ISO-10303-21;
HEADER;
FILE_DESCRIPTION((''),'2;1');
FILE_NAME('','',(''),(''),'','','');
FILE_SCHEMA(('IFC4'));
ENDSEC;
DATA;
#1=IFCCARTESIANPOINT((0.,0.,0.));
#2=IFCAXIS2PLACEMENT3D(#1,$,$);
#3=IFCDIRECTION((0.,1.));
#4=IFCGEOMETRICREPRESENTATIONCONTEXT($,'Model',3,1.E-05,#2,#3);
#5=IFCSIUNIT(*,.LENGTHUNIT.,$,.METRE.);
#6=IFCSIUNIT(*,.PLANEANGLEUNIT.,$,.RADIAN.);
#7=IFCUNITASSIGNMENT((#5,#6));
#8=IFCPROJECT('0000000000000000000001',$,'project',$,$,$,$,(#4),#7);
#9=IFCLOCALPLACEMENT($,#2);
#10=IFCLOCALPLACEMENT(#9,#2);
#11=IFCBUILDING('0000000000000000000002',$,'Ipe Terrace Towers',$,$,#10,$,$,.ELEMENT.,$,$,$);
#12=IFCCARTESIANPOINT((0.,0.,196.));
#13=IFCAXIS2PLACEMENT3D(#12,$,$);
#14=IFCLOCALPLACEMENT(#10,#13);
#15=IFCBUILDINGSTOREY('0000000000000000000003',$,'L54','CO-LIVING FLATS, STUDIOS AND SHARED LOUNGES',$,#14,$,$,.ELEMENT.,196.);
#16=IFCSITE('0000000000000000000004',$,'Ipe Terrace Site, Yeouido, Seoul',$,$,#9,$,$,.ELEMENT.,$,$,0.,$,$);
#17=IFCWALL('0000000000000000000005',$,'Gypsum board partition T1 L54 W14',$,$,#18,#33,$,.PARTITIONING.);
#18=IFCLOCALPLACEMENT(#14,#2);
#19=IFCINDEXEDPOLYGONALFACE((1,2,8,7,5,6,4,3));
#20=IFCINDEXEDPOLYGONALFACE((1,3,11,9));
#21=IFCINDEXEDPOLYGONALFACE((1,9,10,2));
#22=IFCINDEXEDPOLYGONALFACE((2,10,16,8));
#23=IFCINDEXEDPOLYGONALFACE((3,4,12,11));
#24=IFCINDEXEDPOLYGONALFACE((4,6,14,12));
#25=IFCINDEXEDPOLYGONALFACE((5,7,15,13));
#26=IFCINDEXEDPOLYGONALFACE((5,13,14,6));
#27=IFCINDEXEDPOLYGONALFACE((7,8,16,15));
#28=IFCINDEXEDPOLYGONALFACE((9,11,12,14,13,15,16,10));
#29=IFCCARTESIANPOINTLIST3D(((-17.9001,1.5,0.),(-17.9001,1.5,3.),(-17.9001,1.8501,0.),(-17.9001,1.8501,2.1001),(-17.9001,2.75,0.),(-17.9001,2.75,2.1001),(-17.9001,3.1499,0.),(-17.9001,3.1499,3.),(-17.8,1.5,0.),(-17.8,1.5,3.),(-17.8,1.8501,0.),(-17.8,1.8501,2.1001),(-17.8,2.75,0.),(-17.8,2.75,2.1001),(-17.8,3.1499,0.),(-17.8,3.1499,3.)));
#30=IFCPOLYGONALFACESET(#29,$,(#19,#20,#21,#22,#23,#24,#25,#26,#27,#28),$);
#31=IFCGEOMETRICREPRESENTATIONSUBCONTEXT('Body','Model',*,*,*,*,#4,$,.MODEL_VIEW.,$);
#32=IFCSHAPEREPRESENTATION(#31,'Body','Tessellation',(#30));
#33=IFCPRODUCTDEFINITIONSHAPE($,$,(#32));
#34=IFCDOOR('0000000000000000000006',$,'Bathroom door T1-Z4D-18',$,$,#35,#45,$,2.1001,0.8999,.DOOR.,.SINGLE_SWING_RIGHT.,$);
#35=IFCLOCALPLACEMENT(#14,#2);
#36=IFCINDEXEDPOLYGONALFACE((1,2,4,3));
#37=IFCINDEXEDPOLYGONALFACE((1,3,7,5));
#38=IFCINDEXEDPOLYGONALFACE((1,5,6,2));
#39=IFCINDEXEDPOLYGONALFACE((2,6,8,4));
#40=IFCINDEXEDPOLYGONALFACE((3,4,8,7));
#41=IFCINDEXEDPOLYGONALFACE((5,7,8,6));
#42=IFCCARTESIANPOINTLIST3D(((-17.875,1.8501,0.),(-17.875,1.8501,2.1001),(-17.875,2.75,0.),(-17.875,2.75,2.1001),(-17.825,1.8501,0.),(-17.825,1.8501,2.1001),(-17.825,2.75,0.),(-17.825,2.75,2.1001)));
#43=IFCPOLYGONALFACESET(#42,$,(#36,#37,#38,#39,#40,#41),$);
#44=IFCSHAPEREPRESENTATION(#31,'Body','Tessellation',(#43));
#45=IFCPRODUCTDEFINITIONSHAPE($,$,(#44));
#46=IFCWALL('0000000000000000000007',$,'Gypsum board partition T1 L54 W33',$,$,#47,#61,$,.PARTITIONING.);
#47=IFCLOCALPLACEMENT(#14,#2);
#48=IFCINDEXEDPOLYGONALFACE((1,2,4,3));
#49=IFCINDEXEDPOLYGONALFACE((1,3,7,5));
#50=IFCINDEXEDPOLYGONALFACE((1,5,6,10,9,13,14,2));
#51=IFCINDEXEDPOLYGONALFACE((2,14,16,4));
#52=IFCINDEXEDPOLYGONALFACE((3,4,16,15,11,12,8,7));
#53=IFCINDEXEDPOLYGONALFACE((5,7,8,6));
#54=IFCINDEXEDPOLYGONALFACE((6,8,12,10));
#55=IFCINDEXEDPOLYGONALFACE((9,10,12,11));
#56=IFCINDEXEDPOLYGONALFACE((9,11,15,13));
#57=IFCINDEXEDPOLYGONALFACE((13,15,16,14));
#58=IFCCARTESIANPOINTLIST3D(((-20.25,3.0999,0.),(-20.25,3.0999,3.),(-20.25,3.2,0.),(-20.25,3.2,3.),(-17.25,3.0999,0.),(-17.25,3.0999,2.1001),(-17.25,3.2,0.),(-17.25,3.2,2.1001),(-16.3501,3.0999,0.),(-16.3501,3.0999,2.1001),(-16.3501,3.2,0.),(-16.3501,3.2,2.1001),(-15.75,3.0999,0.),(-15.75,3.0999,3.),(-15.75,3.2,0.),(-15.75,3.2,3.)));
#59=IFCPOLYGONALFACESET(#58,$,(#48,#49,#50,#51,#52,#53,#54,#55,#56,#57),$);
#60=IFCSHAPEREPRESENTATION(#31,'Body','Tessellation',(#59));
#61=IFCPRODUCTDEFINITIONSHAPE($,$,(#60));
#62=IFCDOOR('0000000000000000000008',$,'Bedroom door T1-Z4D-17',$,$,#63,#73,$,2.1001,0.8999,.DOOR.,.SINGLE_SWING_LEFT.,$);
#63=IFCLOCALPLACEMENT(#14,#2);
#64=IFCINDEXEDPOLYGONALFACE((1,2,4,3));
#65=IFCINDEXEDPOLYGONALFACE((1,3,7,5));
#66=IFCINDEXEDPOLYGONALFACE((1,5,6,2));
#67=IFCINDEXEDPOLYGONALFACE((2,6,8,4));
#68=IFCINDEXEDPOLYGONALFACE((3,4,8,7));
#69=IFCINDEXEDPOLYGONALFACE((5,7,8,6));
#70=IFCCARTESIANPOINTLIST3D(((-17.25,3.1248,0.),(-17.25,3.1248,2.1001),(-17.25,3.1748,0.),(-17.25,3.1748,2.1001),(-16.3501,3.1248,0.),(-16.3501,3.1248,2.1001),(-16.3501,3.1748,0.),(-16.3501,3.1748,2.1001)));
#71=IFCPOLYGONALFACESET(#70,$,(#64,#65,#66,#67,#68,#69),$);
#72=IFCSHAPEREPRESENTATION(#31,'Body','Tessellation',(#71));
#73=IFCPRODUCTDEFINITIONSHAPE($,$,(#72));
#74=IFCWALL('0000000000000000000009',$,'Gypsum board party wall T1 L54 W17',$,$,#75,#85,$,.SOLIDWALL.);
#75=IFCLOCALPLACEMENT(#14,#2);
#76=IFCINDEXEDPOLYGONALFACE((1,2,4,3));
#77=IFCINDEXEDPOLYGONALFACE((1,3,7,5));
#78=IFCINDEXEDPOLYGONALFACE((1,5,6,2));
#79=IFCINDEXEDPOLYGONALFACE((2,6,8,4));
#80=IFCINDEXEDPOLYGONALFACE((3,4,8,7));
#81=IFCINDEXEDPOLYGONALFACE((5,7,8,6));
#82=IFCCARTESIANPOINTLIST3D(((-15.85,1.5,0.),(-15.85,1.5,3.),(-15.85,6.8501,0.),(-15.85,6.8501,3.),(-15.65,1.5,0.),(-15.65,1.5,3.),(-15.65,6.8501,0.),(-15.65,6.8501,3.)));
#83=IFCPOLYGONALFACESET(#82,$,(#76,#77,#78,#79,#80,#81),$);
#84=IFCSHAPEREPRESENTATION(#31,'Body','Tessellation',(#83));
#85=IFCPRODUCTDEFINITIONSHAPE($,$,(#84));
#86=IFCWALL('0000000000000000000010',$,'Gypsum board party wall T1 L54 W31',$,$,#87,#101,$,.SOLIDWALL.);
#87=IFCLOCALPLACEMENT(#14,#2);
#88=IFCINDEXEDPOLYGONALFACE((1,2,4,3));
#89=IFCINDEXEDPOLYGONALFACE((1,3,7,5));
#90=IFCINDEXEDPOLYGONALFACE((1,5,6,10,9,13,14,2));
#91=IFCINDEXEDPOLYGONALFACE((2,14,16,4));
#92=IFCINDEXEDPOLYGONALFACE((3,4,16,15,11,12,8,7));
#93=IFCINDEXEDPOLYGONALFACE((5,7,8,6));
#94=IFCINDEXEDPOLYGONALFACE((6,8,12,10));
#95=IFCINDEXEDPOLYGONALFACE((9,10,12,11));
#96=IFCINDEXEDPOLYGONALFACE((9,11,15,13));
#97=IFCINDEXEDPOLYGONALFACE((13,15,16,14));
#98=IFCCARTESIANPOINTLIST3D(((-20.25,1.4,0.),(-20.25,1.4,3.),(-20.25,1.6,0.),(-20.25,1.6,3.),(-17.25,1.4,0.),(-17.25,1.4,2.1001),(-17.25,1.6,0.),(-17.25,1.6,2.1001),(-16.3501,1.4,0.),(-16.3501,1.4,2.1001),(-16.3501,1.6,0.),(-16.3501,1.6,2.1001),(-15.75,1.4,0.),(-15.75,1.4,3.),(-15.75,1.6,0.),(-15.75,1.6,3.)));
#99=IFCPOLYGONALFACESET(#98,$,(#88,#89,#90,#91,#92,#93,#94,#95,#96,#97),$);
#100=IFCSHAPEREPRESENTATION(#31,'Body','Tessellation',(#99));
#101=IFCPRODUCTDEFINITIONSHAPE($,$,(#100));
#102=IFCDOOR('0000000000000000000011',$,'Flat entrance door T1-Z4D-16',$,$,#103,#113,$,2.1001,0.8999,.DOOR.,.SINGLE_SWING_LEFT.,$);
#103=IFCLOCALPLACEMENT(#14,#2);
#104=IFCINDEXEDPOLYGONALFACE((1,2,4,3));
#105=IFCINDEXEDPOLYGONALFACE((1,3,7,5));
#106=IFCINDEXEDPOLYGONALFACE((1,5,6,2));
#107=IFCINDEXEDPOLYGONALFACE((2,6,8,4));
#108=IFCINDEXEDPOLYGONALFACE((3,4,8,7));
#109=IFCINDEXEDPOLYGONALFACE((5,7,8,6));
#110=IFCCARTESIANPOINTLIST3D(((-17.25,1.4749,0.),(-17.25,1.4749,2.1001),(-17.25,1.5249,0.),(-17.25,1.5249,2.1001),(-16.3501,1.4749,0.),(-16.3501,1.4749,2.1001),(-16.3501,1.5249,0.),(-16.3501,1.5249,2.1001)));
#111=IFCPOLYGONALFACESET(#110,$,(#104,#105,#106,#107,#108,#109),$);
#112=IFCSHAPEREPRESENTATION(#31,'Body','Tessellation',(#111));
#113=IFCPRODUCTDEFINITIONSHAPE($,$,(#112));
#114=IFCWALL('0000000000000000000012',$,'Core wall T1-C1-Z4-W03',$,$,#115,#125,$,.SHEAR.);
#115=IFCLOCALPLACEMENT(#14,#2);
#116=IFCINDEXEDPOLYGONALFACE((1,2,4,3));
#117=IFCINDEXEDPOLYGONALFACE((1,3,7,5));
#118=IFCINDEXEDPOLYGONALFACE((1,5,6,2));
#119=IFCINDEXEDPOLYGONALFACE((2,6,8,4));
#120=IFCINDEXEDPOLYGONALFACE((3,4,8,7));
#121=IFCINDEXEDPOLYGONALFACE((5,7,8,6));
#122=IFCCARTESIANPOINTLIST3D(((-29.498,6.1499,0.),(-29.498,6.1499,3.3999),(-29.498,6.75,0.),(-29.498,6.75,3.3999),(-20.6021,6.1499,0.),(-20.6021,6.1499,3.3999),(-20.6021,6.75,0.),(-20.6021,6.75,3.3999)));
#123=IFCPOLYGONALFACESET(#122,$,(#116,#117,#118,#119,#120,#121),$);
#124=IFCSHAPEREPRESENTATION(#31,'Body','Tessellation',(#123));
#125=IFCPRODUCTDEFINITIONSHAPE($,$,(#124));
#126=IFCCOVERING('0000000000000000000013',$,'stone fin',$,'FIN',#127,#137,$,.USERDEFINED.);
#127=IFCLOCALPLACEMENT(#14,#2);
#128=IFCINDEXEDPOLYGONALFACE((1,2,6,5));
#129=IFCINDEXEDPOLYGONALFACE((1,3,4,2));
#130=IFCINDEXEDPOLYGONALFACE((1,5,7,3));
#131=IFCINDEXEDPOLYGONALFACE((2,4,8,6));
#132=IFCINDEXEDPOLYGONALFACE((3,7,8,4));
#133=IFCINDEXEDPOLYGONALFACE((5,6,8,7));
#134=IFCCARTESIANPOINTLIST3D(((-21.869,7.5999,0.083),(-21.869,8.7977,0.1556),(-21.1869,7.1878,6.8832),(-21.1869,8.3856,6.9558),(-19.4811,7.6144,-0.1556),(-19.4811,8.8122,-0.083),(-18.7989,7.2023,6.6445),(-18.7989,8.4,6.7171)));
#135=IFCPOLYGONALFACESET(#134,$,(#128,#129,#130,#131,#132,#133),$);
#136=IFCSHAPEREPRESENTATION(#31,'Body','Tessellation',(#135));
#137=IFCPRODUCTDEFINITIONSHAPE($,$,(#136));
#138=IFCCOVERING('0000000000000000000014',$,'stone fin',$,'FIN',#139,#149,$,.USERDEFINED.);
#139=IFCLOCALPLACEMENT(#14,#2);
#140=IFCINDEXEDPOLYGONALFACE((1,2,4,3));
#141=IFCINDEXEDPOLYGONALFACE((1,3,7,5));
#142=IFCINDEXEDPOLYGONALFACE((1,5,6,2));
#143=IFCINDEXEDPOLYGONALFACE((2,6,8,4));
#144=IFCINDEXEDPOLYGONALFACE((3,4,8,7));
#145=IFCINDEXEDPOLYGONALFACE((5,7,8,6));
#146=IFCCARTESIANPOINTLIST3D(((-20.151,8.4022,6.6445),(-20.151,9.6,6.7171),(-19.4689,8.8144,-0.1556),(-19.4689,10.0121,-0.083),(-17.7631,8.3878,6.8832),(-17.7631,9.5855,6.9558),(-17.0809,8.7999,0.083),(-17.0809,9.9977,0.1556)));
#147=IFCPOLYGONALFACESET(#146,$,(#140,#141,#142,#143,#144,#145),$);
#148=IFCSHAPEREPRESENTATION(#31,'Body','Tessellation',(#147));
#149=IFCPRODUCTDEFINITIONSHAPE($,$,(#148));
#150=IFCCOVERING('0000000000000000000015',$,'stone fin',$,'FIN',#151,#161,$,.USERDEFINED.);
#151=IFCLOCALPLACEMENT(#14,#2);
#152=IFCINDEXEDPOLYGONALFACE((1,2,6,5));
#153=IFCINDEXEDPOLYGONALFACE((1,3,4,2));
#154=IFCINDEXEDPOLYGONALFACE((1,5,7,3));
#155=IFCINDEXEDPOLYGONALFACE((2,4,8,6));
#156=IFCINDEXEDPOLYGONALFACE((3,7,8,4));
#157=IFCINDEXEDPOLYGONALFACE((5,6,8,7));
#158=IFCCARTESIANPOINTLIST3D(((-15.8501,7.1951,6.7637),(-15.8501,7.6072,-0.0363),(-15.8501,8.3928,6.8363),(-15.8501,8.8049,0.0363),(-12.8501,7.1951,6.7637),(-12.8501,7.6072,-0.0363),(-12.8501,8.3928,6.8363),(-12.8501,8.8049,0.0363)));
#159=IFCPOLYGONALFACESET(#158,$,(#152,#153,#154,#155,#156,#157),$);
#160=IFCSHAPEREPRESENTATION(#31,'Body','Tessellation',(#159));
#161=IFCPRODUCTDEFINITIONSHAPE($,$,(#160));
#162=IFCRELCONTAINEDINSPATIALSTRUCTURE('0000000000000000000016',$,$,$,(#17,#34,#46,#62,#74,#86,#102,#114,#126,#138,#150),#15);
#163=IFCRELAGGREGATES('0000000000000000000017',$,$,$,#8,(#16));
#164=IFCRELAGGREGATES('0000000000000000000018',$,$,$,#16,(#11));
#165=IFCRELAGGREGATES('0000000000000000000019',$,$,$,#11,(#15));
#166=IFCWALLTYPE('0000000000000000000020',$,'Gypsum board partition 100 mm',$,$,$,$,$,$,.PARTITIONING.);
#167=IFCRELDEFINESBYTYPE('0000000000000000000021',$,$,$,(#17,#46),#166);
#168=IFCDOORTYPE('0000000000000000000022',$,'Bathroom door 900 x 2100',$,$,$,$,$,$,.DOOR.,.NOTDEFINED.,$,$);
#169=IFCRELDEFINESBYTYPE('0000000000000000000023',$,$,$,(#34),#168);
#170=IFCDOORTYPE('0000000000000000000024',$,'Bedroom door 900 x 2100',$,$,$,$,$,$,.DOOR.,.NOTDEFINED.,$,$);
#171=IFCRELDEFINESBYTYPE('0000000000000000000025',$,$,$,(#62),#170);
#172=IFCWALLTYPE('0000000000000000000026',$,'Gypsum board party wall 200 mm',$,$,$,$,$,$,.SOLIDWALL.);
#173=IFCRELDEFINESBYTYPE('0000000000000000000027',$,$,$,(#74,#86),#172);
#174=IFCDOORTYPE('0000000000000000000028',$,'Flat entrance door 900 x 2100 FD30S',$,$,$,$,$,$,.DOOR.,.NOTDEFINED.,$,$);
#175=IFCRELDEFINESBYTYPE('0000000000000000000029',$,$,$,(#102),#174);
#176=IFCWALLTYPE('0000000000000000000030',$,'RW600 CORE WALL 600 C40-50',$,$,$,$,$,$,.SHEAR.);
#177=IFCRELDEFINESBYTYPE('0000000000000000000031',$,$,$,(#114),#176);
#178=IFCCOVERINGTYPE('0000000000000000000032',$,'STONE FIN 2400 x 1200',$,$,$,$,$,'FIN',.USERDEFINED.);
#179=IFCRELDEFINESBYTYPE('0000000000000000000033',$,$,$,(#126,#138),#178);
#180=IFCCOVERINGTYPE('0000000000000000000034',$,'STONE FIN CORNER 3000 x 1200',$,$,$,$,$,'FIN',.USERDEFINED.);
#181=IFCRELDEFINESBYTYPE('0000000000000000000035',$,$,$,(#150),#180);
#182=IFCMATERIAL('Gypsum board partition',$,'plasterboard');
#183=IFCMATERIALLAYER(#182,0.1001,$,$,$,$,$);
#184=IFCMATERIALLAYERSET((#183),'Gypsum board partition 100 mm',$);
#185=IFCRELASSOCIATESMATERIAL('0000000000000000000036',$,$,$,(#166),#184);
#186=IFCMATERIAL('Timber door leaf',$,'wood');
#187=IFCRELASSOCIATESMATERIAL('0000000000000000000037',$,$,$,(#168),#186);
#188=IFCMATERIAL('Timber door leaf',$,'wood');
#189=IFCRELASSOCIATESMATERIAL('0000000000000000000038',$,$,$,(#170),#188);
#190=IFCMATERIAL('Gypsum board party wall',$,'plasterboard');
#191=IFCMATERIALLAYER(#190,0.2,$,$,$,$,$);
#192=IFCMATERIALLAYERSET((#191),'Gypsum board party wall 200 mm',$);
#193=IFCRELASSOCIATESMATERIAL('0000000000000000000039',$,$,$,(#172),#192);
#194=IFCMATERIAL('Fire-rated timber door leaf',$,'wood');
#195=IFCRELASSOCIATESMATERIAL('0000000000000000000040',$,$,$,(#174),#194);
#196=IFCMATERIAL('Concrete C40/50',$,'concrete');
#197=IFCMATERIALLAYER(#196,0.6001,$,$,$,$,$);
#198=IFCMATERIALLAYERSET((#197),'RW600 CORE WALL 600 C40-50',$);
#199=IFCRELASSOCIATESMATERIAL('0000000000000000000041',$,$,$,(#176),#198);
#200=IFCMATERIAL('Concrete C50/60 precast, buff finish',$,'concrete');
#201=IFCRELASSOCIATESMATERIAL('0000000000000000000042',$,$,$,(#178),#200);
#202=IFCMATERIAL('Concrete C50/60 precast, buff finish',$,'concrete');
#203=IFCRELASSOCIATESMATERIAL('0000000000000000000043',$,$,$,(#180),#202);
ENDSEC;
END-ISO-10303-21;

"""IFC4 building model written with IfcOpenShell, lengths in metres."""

from ifc_helpers import new_model, si_unit, direction, frame, frame_2d, origin, origin_2d, place, context, subcontext, project, spatial, rectangle, extrude, material, layer, layer_set, material_profile, profile_set, type_object, element, fill, save


model = new_model("IFC4")

# Units and contexts
model_context = context("Model", 3, precision=1e-05, world=origin(), true_north=direction((0.0, 1.0)))
body_context = subcontext(model_context, "Body", "Model", "MODEL_VIEW")
ifc_project = project(units=[si_unit("LENGTHUNIT", "METRE"), si_unit("PLANEANGLEUNIT", "RADIAN")], contexts=[model_context])

# Site, building, storey
site_placement = place(None, origin())
site = spatial("IfcSite", under=ifc_project, at=site_placement, Name="Ipe Terrace Site, Yeouido, Seoul", CompositionType="ELEMENT", RefElevation=0.0)
building_placement = place(site_placement, origin())
building = spatial("IfcBuilding", under=site, at=building_placement, Name="Ipe Terrace Towers", CompositionType="ELEMENT")
storey_placement = place(building_placement, frame((0.0, 0.0, 196.0)))
storey = spatial("IfcBuildingStorey", under=building, at=storey_placement, Name="L54", Description="CO-LIVING FLATS, STUDIOS AND SHARED LOUNGES", CompositionType="ELEMENT", Elevation=196.0)

# Walls, openings, doors
ifc_material_1 = material(Name="Gypsum board partition", Category="plasterboard")
ifc_layer_1 = layer(ifc_material_1, 0.1001)
ifc_layer_set_1 = layer_set([ifc_layer_1], Name="Gypsum board partition 100 mm")
wall_type_1 = type_object("IfcWallType", Name="Gypsum board partition 100 mm", PredefinedType="PARTITIONING", material=ifc_layer_set_1)
wall_1_placement = place(storey_placement, frame((-17.8501, 1.5, 0.0), z_axis=(0.0, 0.0, 1.0), x_axis=(0.0, 1.0, 0.0)))
wall_1 = element("IfcWall", 1, at=wall_1_placement, inside=storey, type_object=wall_type_1, Name="Gypsum board partition T1 L54 W14", PredefinedType="PARTITIONING", context=body_context, shape_type="SweptSolid", body=[
    extrude(rectangle(XDim=1.6499, YDim=0.1001, at=frame_2d((0.825, 0.0))), origin(), (0.0, 0.0, 1.0), 3.0),
])
opening_1_placement = place(wall_1_placement, frame((0.3501, 0.0, 0.0)))
opening_1 = element("IfcOpeningElement", 2, at=opening_1_placement, cuts=wall_1, PredefinedType="OPENING", context=body_context, shape_type="SweptSolid", body=[
    extrude(rectangle(XDim=0.8999, YDim=2.1001, at=frame_2d((0.45, 1.05))), frame((0.0, 0.0601, 0.0), z_axis=(0.0, -1.0, 0.0), x_axis=(1.0, 0.0, 0.0)), (0.0, 0.0, 1.0), 0.1201),
])
ifc_material_2 = material(Name="Timber door leaf", Category="wood")
door_type_1 = type_object("IfcDoorType", Name="Bathroom door 900 x 2100", OperationType="NOTDEFINED", PredefinedType="DOOR", material=ifc_material_2)
door_1_placement = place(opening_1_placement, origin())
door_1 = element("IfcDoor", 3, at=door_1_placement, inside=storey, type_object=door_type_1, Name="Bathroom door T1-Z4D-18", OperationType="SINGLE_SWING_RIGHT", OverallHeight=2.1001, OverallWidth=0.8999, PredefinedType="DOOR", context=body_context, shape_type="SweptSolid", body=[
    extrude(rectangle(XDim=0.8999, YDim=2.1001, at=frame_2d((0.45, 1.05))), frame((0.0, 0.0249, 0.0), z_axis=(0.0, -1.0, 0.0), x_axis=(1.0, 0.0, 0.0)), (0.0, 0.0, 1.0), 0.05),
])
fill(opening_1, door_1)
wall_2_placement = place(storey_placement, frame((-20.25, 3.1499, 0.0), z_axis=(0.0, 0.0, 1.0), x_axis=(1.0, 0.0, 0.0)))
wall_2 = element("IfcWall", 4, at=wall_2_placement, inside=storey, type_object=wall_type_1, Name="Gypsum board partition T1 L54 W33", PredefinedType="PARTITIONING", context=body_context, shape_type="SweptSolid", body=[
    extrude(rectangle(XDim=4.5, YDim=0.1001, at=frame_2d((2.25, 0.0))), origin(), (0.0, 0.0, 1.0), 3.0),
])
opening_2_placement = place(wall_2_placement, frame((3.0, 0.0, 0.0)))
opening_2 = element("IfcOpeningElement", 5, at=opening_2_placement, cuts=wall_2, PredefinedType="OPENING", context=body_context, shape_type="SweptSolid", body=[
    extrude(rectangle(XDim=0.8999, YDim=2.1001, at=frame_2d((0.45, 1.05))), frame((0.0, 0.0601, 0.0), z_axis=(0.0, -1.0, 0.0), x_axis=(1.0, 0.0, 0.0)), (0.0, 0.0, 1.0), 0.1201),
])
ifc_material_3 = material(Name="Timber door leaf", Category="wood")
door_type_2 = type_object("IfcDoorType", Name="Bedroom door 900 x 2100", OperationType="NOTDEFINED", PredefinedType="DOOR", material=ifc_material_3)
door_2_placement = place(opening_2_placement, origin())
door_2 = element("IfcDoor", 6, at=door_2_placement, inside=storey, type_object=door_type_2, Name="Bedroom door T1-Z4D-17", OperationType="SINGLE_SWING_LEFT", OverallHeight=2.1001, OverallWidth=0.8999, PredefinedType="DOOR", context=body_context, shape_type="SweptSolid", body=[
    extrude(rectangle(XDim=0.8999, YDim=2.1001, at=frame_2d((0.45, 1.05))), frame((0.0, 0.0249, 0.0), z_axis=(0.0, -1.0, 0.0), x_axis=(1.0, 0.0, 0.0)), (0.0, 0.0, 1.0), 0.05),
])
fill(opening_2, door_2)

# Wall
ifc_material_4 = material(Name="Gypsum board party wall", Category="plasterboard")
ifc_layer_2 = layer(ifc_material_4, 0.2)
ifc_layer_set_2 = layer_set([ifc_layer_2], Name="Gypsum board party wall 200 mm")
wall_type_2 = type_object("IfcWallType", Name="Gypsum board party wall 200 mm", PredefinedType="SOLIDWALL", material=ifc_layer_set_2)
wall_3_placement = place(storey_placement, frame((-15.75, 1.5, 0.0), z_axis=(0.0, 0.0, 1.0), x_axis=(0.0, 1.0, 0.0)))
element("IfcWall", 7, at=wall_3_placement, inside=storey, type_object=wall_type_2, Name="Gypsum board party wall T1 L54 W17", PredefinedType="SOLIDWALL", context=body_context, shape_type="SweptSolid", body=[
    extrude(rectangle(XDim=5.3501, YDim=0.2, at=frame_2d((2.675, 0.0))), origin(), (0.0, 0.0, 1.0), 3.0),
])

# Wall, opening, door
wall_4_placement = place(storey_placement, frame((-20.25, 1.5, 0.0), z_axis=(0.0, 0.0, 1.0), x_axis=(1.0, 0.0, 0.0)))
wall_4 = element("IfcWall", 8, at=wall_4_placement, inside=storey, type_object=wall_type_2, Name="Gypsum board party wall T1 L54 W31", PredefinedType="SOLIDWALL", context=body_context, shape_type="SweptSolid", body=[
    extrude(rectangle(XDim=4.5, YDim=0.2, at=frame_2d((2.25, 0.0))), origin(), (0.0, 0.0, 1.0), 3.0),
])
opening_3_placement = place(wall_4_placement, frame((3.0, 0.0, 0.0)))
opening_3 = element("IfcOpeningElement", 9, at=opening_3_placement, cuts=wall_4, PredefinedType="OPENING", context=body_context, shape_type="SweptSolid", body=[
    extrude(rectangle(XDim=0.8999, YDim=2.1001, at=frame_2d((0.45, 1.05))), frame((0.0, 0.1099, 0.0), z_axis=(0.0, -1.0, 0.0), x_axis=(1.0, 0.0, 0.0)), (0.0, 0.0, 1.0), 0.22),
])
ifc_material_5 = material(Name="Fire-rated timber door leaf", Category="wood")
door_type_3 = type_object("IfcDoorType", Name="Flat entrance door 900 x 2100 FD30S", OperationType="NOTDEFINED", PredefinedType="DOOR", material=ifc_material_5)
door_3_placement = place(opening_3_placement, origin())
door_3 = element("IfcDoor", 10, at=door_3_placement, inside=storey, type_object=door_type_3, Name="Flat entrance door T1-Z4D-16", OperationType="SINGLE_SWING_LEFT", OverallHeight=2.1001, OverallWidth=0.8999, PredefinedType="DOOR", context=body_context, shape_type="SweptSolid", body=[
    extrude(rectangle(XDim=0.8999, YDim=2.1001, at=frame_2d((0.45, 1.05))), frame((0.0, 0.0249, 0.0), z_axis=(0.0, -1.0, 0.0), x_axis=(1.0, 0.0, 0.0)), (0.0, 0.0, 1.0), 0.05),
])
fill(opening_3, door_3)

# Wall
ifc_material_6 = material(Name="Concrete C40/50", Category="concrete")
ifc_layer_3 = layer(ifc_material_6, 0.6001)
ifc_layer_set_3 = layer_set([ifc_layer_3], Name="RW600 CORE WALL 600 C40-50")
wall_type_3 = type_object("IfcWallType", Name="RW600 CORE WALL 600 C40-50", PredefinedType="SHEAR", material=ifc_layer_set_3)
wall_5_placement = place(storey_placement, frame((-20.6021, 6.45, 0.0), z_axis=(0.0, 0.0, 1.0), x_axis=(-1.0, 0.0, 0.0)))
element("IfcWall", 11, at=wall_5_placement, inside=storey, type_object=wall_type_3, Name="Core wall T1-C1-Z4-W03", PredefinedType="SHEAR", context=body_context, shape_type="SweptSolid", body=[
    extrude(rectangle(XDim=8.896, YDim=0.6001, at=frame_2d((4.448, 0.0))), origin(), (0.0, 0.0, 1.0), 3.3999),
])

# Coverings
ifc_material_7 = material(Name="Concrete C50/60 precast, buff finish", Category="concrete")
ifc_material_profile_1 = material_profile(ifc_material_7, rectangle(XDim=2.3999, YDim=1.2, at=origin_2d()), Name="STONE FIN 2400 x 1200")
ifc_profile_set_1 = profile_set([ifc_material_profile_1], Name="Concrete C50/60 precast, buff finish")
covering_type_1 = type_object("IfcCoveringType", Name="STONE FIN 2400 x 1200", ElementType="FIN", PredefinedType="USERDEFINED", material=ifc_profile_set_1)
for number, where, z_axis, x_axis, name in (
    (12, (-20.675, 8.2061, 0.0), (0.09963, -0.060192, 0.993202), (-0.995025, -0.006027, 0.099448), "stone fin"),
    (13, (-18.2749, 9.406, 0.0), (-0.09963, -0.060192, 0.993202), (-0.995025, 0.006027, -0.099448), "stone fin"),
):
    element("IfcCovering", number, at=place(storey_placement, frame(where, z_axis=z_axis, x_axis=x_axis)), inside=storey, type_object=covering_type_1, Name=name, ObjectType="FIN", PredefinedType="USERDEFINED", context=body_context, shape_type="SweptSolid", body=[
        extrude(rectangle(XDim=2.3999, YDim=1.2, at=origin_2d()), origin(), (0.0, 0.0, 1.0), 6.8467),
    ])
ifc_material_8 = material(Name="Concrete C50/60 precast, buff finish", Category="concrete")
ifc_material_profile_2 = material_profile(ifc_material_8, rectangle(XDim=3.0, YDim=1.2, at=origin_2d()), Name="STONE FIN CORNER 3000 x 1200")
ifc_profile_set_2 = profile_set([ifc_material_profile_2], Name="Concrete C50/60 precast, buff finish")
covering_type_2 = type_object("IfcCoveringType", Name="STONE FIN CORNER 3000 x 1200", ElementType="FIN", PredefinedType="USERDEFINED", material=ifc_profile_set_2)
covering_1_placement = place(storey_placement, frame((-14.3501, 8.2061, 0.0), z_axis=(0.0, -0.060493, 0.998169), x_axis=(-1.0, 0.0, 0.0)))
element("IfcCovering", 14, at=covering_1_placement, inside=storey, type_object=covering_type_2, Name="stone fin", ObjectType="FIN", PredefinedType="USERDEFINED", context=body_context, shape_type="SweptSolid", body=[
    extrude(rectangle(XDim=3.0, YDim=1.2, at=origin_2d()), origin(), (0.0, 0.0, 1.0), 6.8125),
])

save(model, "model.ifc")
